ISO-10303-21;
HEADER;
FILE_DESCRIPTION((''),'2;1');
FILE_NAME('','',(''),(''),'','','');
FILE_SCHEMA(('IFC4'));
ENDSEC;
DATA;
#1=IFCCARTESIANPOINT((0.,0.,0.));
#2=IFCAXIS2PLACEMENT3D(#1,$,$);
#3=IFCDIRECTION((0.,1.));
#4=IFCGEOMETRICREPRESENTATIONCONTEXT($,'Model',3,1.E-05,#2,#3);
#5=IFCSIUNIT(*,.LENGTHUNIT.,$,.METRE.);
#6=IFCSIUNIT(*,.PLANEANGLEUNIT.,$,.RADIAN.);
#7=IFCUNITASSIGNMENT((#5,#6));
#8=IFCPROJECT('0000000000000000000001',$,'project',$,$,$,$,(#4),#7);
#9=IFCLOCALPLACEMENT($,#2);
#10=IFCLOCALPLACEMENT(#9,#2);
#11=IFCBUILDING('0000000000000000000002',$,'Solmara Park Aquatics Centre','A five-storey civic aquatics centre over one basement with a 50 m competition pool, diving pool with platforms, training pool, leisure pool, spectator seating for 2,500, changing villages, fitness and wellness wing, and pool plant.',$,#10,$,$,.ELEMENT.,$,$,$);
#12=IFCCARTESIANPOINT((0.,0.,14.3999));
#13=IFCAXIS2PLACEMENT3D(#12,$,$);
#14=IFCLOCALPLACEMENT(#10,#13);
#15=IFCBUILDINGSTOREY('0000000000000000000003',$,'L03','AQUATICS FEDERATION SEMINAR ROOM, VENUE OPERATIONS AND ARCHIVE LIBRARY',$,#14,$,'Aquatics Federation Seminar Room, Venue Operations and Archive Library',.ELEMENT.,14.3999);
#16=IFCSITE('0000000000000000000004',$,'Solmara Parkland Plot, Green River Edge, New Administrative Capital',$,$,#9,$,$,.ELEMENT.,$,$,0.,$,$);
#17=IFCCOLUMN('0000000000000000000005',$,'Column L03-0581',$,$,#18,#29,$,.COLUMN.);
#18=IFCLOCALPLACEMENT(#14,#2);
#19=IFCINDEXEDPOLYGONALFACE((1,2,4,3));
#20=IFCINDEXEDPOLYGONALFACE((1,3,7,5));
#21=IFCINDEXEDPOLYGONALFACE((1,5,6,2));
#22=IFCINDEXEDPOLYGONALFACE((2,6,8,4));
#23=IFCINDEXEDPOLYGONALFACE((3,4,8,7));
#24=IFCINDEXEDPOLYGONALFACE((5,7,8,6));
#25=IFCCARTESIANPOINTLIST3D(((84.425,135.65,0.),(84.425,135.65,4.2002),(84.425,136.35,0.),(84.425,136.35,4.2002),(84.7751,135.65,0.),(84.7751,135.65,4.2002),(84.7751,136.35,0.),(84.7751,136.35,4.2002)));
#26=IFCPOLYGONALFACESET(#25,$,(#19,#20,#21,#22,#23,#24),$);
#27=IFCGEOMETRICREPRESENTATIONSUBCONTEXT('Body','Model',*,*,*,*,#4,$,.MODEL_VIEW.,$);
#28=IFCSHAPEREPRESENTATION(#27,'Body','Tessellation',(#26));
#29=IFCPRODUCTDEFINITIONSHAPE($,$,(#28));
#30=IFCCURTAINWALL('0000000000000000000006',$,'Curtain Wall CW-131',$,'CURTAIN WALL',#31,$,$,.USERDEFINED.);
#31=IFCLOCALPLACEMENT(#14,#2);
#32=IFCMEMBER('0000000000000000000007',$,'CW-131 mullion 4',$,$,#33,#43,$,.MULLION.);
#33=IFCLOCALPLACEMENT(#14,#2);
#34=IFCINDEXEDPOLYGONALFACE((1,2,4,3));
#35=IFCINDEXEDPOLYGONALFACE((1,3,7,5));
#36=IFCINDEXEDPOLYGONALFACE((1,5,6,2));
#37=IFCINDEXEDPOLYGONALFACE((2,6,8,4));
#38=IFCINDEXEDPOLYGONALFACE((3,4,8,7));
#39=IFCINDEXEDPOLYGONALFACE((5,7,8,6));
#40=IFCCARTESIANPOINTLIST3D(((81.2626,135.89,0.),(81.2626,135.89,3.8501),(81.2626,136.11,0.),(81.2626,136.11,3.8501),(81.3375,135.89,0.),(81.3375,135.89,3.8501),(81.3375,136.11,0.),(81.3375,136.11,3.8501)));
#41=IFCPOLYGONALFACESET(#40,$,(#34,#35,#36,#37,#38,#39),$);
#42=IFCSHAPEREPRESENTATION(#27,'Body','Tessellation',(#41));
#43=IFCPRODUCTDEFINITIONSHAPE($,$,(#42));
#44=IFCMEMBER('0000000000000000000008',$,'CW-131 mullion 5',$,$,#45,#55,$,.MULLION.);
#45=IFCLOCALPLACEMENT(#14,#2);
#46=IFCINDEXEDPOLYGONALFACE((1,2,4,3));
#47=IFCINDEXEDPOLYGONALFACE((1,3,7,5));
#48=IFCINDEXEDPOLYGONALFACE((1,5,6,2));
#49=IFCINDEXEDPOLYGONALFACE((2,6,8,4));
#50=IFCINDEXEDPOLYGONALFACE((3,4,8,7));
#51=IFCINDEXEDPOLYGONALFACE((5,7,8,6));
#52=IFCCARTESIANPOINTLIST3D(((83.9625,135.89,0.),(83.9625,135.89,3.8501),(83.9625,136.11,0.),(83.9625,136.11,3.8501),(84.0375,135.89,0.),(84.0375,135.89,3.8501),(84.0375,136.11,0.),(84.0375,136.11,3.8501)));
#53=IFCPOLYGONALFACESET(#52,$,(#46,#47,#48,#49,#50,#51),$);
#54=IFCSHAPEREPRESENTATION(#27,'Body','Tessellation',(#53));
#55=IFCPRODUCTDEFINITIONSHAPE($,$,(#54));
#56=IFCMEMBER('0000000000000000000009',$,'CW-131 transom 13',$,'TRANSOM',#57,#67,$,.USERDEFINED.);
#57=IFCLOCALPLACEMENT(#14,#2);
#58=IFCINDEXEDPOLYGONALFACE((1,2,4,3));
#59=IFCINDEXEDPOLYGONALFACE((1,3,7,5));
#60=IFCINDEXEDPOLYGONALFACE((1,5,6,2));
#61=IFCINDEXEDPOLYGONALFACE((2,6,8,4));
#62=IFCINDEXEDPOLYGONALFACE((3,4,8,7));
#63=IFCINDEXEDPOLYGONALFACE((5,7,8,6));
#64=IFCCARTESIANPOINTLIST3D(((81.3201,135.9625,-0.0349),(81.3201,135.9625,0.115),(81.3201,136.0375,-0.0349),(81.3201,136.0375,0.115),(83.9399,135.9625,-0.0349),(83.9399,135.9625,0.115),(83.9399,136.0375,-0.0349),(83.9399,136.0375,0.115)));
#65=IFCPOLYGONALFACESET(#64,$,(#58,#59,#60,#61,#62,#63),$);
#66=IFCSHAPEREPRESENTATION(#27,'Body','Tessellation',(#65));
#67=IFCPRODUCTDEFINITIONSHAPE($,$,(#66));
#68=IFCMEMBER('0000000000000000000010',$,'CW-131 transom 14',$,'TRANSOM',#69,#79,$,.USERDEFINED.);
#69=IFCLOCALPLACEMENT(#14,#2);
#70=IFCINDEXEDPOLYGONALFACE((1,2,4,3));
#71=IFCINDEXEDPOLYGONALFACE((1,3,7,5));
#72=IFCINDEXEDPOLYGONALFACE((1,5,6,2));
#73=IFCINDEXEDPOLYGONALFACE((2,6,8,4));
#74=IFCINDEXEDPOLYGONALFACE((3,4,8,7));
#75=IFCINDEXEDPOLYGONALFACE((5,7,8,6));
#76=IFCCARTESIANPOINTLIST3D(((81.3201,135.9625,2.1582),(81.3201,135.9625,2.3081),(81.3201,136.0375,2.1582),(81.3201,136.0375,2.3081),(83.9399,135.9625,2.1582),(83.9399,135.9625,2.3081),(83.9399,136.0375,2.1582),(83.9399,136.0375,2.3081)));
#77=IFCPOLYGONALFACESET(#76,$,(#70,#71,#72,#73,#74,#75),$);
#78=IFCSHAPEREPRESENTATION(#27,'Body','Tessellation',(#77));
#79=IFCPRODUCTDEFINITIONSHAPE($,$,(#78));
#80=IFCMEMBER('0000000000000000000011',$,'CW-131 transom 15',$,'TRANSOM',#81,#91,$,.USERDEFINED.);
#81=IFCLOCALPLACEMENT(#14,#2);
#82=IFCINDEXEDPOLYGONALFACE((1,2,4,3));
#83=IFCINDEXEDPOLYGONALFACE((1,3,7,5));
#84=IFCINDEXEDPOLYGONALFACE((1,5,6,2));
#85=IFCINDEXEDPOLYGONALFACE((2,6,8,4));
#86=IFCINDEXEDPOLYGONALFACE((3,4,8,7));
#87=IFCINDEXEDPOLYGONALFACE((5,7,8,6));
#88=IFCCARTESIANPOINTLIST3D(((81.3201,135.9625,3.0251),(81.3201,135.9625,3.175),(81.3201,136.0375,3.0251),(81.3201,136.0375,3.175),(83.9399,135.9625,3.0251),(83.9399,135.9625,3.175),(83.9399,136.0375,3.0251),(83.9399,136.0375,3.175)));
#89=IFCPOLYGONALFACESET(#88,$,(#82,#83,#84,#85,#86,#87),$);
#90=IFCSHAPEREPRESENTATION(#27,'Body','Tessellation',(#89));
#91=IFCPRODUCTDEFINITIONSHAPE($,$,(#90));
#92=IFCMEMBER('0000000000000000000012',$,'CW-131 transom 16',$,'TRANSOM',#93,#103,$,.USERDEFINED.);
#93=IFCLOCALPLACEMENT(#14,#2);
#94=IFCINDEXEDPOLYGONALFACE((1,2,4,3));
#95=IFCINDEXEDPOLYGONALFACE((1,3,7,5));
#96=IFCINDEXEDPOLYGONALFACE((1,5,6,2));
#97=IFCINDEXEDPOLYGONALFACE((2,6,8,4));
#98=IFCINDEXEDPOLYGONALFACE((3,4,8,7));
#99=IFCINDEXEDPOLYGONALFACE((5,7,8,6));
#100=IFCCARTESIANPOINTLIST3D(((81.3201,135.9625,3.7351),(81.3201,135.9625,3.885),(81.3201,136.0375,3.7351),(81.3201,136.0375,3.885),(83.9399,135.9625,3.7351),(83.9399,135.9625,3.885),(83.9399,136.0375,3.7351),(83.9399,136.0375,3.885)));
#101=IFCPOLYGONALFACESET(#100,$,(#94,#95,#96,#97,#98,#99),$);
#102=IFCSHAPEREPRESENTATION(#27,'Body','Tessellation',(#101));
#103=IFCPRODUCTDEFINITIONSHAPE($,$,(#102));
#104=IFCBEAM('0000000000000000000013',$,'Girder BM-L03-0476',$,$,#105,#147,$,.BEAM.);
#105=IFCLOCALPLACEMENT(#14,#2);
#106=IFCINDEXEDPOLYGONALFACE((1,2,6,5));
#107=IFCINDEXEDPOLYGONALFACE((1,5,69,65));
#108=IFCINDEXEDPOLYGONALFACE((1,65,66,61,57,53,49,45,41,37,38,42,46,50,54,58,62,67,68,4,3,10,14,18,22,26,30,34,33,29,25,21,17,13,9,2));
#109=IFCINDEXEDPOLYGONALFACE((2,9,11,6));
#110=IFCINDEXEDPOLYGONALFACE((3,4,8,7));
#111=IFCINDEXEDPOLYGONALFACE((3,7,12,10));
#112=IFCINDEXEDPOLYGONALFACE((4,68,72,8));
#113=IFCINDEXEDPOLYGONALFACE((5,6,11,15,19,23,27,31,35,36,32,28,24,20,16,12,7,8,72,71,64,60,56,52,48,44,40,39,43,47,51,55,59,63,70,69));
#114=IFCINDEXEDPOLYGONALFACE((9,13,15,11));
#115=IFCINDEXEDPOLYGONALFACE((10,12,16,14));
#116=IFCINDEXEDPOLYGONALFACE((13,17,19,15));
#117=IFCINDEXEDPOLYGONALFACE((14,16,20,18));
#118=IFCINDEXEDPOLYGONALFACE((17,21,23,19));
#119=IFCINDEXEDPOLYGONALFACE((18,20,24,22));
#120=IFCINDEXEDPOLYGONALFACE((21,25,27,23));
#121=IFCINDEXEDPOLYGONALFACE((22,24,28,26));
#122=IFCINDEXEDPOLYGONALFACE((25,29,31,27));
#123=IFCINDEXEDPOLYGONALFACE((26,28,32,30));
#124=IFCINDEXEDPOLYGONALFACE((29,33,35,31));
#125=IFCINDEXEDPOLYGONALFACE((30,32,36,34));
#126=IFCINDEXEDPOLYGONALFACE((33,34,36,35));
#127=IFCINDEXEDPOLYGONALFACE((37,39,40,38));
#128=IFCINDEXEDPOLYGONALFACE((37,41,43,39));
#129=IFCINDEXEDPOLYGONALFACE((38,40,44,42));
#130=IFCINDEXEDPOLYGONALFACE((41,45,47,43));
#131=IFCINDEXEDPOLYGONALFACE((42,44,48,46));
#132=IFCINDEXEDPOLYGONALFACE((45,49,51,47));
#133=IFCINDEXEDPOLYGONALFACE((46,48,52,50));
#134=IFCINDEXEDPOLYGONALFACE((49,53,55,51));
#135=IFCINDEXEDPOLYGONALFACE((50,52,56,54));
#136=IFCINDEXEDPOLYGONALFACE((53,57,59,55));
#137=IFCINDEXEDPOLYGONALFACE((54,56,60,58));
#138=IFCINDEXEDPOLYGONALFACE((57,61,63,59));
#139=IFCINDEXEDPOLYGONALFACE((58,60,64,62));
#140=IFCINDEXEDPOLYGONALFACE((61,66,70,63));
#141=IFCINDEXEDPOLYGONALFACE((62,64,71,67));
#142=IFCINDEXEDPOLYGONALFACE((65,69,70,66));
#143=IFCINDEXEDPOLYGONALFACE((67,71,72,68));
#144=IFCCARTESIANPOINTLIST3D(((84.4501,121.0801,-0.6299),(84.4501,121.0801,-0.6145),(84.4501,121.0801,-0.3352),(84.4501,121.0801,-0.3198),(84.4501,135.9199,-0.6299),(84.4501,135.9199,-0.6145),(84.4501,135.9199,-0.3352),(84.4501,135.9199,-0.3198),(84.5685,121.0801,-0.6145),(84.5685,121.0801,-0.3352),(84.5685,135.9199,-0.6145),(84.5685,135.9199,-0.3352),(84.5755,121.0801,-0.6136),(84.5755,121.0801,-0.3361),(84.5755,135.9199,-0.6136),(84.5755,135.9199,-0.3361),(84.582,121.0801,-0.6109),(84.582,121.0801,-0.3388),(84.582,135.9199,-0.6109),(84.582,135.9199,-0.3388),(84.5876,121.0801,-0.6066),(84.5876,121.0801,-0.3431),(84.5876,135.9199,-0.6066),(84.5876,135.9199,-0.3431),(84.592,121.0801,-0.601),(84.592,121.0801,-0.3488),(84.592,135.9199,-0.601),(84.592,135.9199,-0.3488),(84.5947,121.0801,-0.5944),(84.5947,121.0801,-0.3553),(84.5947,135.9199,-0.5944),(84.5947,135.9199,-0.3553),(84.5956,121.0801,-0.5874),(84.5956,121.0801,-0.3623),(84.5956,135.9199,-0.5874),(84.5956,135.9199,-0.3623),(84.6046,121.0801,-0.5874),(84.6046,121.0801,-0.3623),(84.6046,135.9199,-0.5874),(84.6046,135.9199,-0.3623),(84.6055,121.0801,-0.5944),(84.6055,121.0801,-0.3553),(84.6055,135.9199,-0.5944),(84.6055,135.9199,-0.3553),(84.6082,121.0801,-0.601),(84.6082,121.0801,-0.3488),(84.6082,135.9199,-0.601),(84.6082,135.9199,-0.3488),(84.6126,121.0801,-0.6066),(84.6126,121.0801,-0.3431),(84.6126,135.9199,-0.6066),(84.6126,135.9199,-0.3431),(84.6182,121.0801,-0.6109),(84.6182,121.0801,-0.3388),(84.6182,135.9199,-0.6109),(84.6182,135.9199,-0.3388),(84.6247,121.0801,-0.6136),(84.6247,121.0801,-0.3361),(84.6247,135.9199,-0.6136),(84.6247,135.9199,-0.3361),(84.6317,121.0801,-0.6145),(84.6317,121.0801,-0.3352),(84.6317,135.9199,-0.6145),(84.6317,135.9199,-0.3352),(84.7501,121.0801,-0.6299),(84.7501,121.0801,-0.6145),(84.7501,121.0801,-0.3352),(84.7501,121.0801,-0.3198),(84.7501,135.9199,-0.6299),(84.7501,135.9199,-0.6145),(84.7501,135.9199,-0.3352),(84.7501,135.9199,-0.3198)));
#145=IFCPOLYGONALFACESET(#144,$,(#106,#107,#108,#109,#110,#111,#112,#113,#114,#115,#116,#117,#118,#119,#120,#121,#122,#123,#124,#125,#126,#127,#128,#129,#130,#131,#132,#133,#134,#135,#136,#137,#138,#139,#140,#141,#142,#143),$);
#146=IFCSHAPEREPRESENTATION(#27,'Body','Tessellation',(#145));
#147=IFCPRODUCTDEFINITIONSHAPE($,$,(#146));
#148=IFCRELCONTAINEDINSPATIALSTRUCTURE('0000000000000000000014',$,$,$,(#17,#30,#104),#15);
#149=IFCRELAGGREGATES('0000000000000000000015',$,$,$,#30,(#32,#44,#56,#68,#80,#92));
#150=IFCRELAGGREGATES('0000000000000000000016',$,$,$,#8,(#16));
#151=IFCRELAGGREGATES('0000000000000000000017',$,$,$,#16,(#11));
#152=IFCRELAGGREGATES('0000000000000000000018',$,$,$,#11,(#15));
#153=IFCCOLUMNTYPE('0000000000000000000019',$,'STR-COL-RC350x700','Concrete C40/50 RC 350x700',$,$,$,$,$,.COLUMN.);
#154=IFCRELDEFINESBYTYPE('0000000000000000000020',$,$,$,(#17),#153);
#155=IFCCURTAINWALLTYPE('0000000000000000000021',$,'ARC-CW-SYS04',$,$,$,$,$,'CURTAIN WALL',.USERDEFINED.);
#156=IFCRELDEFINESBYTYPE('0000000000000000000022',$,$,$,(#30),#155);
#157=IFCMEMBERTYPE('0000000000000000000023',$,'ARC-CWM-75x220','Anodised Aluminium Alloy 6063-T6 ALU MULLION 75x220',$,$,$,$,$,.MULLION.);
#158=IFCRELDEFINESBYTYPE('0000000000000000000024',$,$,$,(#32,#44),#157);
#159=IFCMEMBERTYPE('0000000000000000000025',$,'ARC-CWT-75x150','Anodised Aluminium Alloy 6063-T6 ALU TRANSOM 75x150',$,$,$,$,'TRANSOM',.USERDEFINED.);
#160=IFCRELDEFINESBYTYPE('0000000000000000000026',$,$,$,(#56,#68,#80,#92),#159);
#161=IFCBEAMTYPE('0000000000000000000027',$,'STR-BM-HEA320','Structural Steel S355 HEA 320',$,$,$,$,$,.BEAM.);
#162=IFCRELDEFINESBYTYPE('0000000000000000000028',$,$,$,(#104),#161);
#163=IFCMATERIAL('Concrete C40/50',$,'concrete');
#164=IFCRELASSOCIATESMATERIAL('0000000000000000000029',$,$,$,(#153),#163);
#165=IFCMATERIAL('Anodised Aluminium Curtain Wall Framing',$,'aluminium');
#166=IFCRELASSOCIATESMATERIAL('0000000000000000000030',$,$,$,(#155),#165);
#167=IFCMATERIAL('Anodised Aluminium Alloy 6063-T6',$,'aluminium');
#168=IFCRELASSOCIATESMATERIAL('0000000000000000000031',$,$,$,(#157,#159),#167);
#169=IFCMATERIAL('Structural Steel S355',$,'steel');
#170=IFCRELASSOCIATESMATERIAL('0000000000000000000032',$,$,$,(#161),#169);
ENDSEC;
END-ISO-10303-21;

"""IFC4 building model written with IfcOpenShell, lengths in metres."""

from ifc_helpers import new_model, si_unit, direction, frame, origin, origin_2d, place, context, subcontext, project, spatial, rectangle, i_section, extrude, material, material_profile, profile_set, type_object, element, aggregate, save


model = new_model("IFC4")

# Units and contexts
model_context = context("Model", 3, precision=1e-05, world=origin(), true_north=direction((0.0, 1.0)))
body_context = subcontext(model_context, "Body", "Model", "MODEL_VIEW")
ifc_project = project(units=[si_unit("LENGTHUNIT", "METRE"), si_unit("PLANEANGLEUNIT", "RADIAN")], contexts=[model_context])

# Site, building, storey
site_placement = place(None, origin())
site = spatial("IfcSite", under=ifc_project, at=site_placement, Name="Solmara Parkland Plot, Green River Edge, New Administrative Capital", CompositionType="ELEMENT", RefElevation=0.0)
building_placement = place(site_placement, origin())
building = spatial("IfcBuilding", under=site, at=building_placement, Name="Solmara Park Aquatics Centre", Description="A five-storey civic aquatics centre over one basement with a 50 m competition pool, diving pool with platforms, training pool, leisure pool, spectator seating for 2,500, changing villages, fitness and wellness wing, and pool plant.", CompositionType="ELEMENT")
storey_placement = place(building_placement, frame((0.0, 0.0, 14.3999)))
storey = spatial("IfcBuildingStorey", under=building, at=storey_placement, Name="L03", Description="AQUATICS FEDERATION SEMINAR ROOM, VENUE OPERATIONS AND ARCHIVE LIBRARY", LongName="Aquatics Federation Seminar Room, Venue Operations and Archive Library", CompositionType="ELEMENT", Elevation=14.3999)

# Column
ifc_material_1 = material(Name="Concrete C40/50", Category="concrete")
ifc_material_profile_1 = material_profile(ifc_material_1, rectangle(XDim=0.3501, YDim=0.7, at=origin_2d()), Name="RC 350x700")
ifc_profile_set_1 = profile_set([ifc_material_profile_1], Name="Concrete C40/50")
column_type = type_object("IfcColumnType", Name="STR-COL-RC350x700", Description="Concrete C40/50 RC 350x700", PredefinedType="COLUMN", material=ifc_profile_set_1)
column_placement = place(storey_placement, frame((84.6001, 136.0, 0.0), z_axis=(0.0, 0.0, 1.0), x_axis=(1.0, 0.0, 0.0)))
element("IfcColumn", 1, at=column_placement, inside=storey, type_object=column_type, Name="Column L03-0581", PredefinedType="COLUMN", context=body_context, shape_type="SweptSolid", body=[
    extrude(rectangle(XDim=0.3501, YDim=0.7, at=origin_2d()), origin(), (0.0, 0.0, 1.0), 4.2002),
])

# Curtain wall, members
ifc_material_2 = material(Name="Anodised Aluminium Curtain Wall Framing", Category="aluminium")
curtain_wall_type = type_object("IfcCurtainWallType", Name="ARC-CW-SYS04", ElementType="CURTAIN WALL", PredefinedType="USERDEFINED", material=ifc_material_2)
curtain_wall_placement = place(storey_placement, origin())
curtain_wall = element("IfcCurtainWall", 2, at=curtain_wall_placement, inside=storey, type_object=curtain_wall_type, Name="Curtain Wall CW-131", ObjectType="CURTAIN WALL", PredefinedType="USERDEFINED")
ifc_material_3 = material(Name="Anodised Aluminium Alloy 6063-T6", Category="aluminium")
ifc_material_profile_2 = material_profile(ifc_material_3, rectangle(XDim=0.075, YDim=0.22, at=origin_2d()), Name="ALU MULLION 75x220")
ifc_profile_set_2 = profile_set([ifc_material_profile_2], Name="Anodised Aluminium Alloy 6063-T6")
member_type_1 = type_object("IfcMemberType", Name="ARC-CWM-75x220", Description="Anodised Aluminium Alloy 6063-T6 ALU MULLION 75x220", PredefinedType="MULLION", material=ifc_profile_set_2)
member_1_placement = place(storey_placement, frame((81.3, 136.0, 0.0), z_axis=(0.0, 0.0, 1.0), x_axis=(1.0, 0.0, 0.0)))
member_1 = element("IfcMember", 3, at=member_1_placement, type_object=member_type_1, Name="CW-131 mullion 4", PredefinedType="MULLION", context=body_context, shape_type="SweptSolid", body=[
    extrude(rectangle(XDim=0.075, YDim=0.22, at=origin_2d()), origin(), (0.0, 0.0, 1.0), 3.8501),
])
member_2_placement = place(storey_placement, frame((84.0, 136.0, 0.0), z_axis=(0.0, 0.0, 1.0), x_axis=(1.0, 0.0, 0.0)))
member_2 = element("IfcMember", 4, at=member_2_placement, type_object=member_type_1, Name="CW-131 mullion 5", PredefinedType="MULLION", context=body_context, shape_type="SweptSolid", body=[
    extrude(rectangle(XDim=0.075, YDim=0.22, at=origin_2d()), origin(), (0.0, 0.0, 1.0), 3.8501),
])
ifc_material_profile_3 = material_profile(ifc_material_3, rectangle(XDim=0.075, YDim=0.1499, at=origin_2d()), Name="ALU TRANSOM 75x150")
ifc_profile_set_3 = profile_set([ifc_material_profile_3], Name="Anodised Aluminium Alloy 6063-T6")
member_type_2 = type_object("IfcMemberType", Name="ARC-CWT-75x150", Description="Anodised Aluminium Alloy 6063-T6 ALU TRANSOM 75x150", ElementType="TRANSOM", PredefinedType="USERDEFINED", material=ifc_profile_set_3)
member_3_placement = place(storey_placement, frame((81.3201, 136.0, 0.04), z_axis=(1.0, 0.0, 0.0), x_axis=(0.0, 1.0, 0.0)))
member_3 = element("IfcMember", 5, at=member_3_placement, type_object=member_type_2, Name="CW-131 transom 13", ObjectType="TRANSOM", PredefinedType="USERDEFINED", context=body_context, shape_type="SweptSolid", body=[
    extrude(rectangle(XDim=0.075, YDim=0.1499, at=origin_2d()), origin(), (0.0, 0.0, 1.0), 2.6199),
])
member_4_placement = place(storey_placement, frame((81.3201, 136.0, 2.2332), z_axis=(1.0, 0.0, 0.0), x_axis=(0.0, 1.0, 0.0)))
member_4 = element("IfcMember", 6, at=member_4_placement, type_object=member_type_2, Name="CW-131 transom 14", ObjectType="TRANSOM", PredefinedType="USERDEFINED", context=body_context, shape_type="SweptSolid", body=[
    extrude(rectangle(XDim=0.075, YDim=0.1499, at=origin_2d()), origin(), (0.0, 0.0, 1.0), 2.6199),
])
member_5_placement = place(storey_placement, frame((81.3201, 136.0, 3.1001), z_axis=(1.0, 0.0, 0.0), x_axis=(0.0, 1.0, 0.0)))
member_5 = element("IfcMember", 7, at=member_5_placement, type_object=member_type_2, Name="CW-131 transom 15", ObjectType="TRANSOM", PredefinedType="USERDEFINED", context=body_context, shape_type="SweptSolid", body=[
    extrude(rectangle(XDim=0.075, YDim=0.1499, at=origin_2d()), origin(), (0.0, 0.0, 1.0), 2.6199),
])
member_6_placement = place(storey_placement, frame((81.3201, 136.0, 3.8101), z_axis=(1.0, 0.0, 0.0), x_axis=(0.0, 1.0, 0.0)))
member_6 = element("IfcMember", 8, at=member_6_placement, type_object=member_type_2, Name="CW-131 transom 16", ObjectType="TRANSOM", PredefinedType="USERDEFINED", context=body_context, shape_type="SweptSolid", body=[
    extrude(rectangle(XDim=0.075, YDim=0.1499, at=origin_2d()), origin(), (0.0, 0.0, 1.0), 2.6199),
])

# Beam
ifc_material_4 = material(Name="Structural Steel S355", Category="steel")
ifc_material_profile_4 = material_profile(ifc_material_4, i_section(OverallWidth=0.3, OverallDepth=0.3101, WebThickness=0.009, FlangeThickness=0.0154, FilletRadius=0.0271, at=origin_2d()), Name="HEA 320")
ifc_profile_set_4 = profile_set([ifc_material_profile_4], Name="Structural Steel S355")
beam_type_1 = type_object("IfcBeamType", Name="STR-BM-HEA320", Description="Structural Steel S355 HEA 320", PredefinedType="BEAM", material=ifc_profile_set_4)
beam_1_placement = place(storey_placement, frame((84.6001, 121.0801, -0.4749), z_axis=(0.0, 1.0, 0.0), x_axis=(-1.0, 0.0, 0.0)))
element("IfcBeam", 9, at=beam_1_placement, inside=storey, type_object=beam_type_1, Name="Girder BM-L03-0476", PredefinedType="BEAM", context=body_context, shape_type="SweptSolid", body=[
    extrude(i_section(OverallWidth=0.3, OverallDepth=0.3101, WebThickness=0.009, FlangeThickness=0.0154, FilletRadius=0.0271, at=origin_2d()), origin(), (0.0, 0.0, 1.0), 14.8398),
])

aggregate(curtain_wall, [member_1, member_2, member_3, member_4, member_5, member_6])

save(model, "model.ifc")
